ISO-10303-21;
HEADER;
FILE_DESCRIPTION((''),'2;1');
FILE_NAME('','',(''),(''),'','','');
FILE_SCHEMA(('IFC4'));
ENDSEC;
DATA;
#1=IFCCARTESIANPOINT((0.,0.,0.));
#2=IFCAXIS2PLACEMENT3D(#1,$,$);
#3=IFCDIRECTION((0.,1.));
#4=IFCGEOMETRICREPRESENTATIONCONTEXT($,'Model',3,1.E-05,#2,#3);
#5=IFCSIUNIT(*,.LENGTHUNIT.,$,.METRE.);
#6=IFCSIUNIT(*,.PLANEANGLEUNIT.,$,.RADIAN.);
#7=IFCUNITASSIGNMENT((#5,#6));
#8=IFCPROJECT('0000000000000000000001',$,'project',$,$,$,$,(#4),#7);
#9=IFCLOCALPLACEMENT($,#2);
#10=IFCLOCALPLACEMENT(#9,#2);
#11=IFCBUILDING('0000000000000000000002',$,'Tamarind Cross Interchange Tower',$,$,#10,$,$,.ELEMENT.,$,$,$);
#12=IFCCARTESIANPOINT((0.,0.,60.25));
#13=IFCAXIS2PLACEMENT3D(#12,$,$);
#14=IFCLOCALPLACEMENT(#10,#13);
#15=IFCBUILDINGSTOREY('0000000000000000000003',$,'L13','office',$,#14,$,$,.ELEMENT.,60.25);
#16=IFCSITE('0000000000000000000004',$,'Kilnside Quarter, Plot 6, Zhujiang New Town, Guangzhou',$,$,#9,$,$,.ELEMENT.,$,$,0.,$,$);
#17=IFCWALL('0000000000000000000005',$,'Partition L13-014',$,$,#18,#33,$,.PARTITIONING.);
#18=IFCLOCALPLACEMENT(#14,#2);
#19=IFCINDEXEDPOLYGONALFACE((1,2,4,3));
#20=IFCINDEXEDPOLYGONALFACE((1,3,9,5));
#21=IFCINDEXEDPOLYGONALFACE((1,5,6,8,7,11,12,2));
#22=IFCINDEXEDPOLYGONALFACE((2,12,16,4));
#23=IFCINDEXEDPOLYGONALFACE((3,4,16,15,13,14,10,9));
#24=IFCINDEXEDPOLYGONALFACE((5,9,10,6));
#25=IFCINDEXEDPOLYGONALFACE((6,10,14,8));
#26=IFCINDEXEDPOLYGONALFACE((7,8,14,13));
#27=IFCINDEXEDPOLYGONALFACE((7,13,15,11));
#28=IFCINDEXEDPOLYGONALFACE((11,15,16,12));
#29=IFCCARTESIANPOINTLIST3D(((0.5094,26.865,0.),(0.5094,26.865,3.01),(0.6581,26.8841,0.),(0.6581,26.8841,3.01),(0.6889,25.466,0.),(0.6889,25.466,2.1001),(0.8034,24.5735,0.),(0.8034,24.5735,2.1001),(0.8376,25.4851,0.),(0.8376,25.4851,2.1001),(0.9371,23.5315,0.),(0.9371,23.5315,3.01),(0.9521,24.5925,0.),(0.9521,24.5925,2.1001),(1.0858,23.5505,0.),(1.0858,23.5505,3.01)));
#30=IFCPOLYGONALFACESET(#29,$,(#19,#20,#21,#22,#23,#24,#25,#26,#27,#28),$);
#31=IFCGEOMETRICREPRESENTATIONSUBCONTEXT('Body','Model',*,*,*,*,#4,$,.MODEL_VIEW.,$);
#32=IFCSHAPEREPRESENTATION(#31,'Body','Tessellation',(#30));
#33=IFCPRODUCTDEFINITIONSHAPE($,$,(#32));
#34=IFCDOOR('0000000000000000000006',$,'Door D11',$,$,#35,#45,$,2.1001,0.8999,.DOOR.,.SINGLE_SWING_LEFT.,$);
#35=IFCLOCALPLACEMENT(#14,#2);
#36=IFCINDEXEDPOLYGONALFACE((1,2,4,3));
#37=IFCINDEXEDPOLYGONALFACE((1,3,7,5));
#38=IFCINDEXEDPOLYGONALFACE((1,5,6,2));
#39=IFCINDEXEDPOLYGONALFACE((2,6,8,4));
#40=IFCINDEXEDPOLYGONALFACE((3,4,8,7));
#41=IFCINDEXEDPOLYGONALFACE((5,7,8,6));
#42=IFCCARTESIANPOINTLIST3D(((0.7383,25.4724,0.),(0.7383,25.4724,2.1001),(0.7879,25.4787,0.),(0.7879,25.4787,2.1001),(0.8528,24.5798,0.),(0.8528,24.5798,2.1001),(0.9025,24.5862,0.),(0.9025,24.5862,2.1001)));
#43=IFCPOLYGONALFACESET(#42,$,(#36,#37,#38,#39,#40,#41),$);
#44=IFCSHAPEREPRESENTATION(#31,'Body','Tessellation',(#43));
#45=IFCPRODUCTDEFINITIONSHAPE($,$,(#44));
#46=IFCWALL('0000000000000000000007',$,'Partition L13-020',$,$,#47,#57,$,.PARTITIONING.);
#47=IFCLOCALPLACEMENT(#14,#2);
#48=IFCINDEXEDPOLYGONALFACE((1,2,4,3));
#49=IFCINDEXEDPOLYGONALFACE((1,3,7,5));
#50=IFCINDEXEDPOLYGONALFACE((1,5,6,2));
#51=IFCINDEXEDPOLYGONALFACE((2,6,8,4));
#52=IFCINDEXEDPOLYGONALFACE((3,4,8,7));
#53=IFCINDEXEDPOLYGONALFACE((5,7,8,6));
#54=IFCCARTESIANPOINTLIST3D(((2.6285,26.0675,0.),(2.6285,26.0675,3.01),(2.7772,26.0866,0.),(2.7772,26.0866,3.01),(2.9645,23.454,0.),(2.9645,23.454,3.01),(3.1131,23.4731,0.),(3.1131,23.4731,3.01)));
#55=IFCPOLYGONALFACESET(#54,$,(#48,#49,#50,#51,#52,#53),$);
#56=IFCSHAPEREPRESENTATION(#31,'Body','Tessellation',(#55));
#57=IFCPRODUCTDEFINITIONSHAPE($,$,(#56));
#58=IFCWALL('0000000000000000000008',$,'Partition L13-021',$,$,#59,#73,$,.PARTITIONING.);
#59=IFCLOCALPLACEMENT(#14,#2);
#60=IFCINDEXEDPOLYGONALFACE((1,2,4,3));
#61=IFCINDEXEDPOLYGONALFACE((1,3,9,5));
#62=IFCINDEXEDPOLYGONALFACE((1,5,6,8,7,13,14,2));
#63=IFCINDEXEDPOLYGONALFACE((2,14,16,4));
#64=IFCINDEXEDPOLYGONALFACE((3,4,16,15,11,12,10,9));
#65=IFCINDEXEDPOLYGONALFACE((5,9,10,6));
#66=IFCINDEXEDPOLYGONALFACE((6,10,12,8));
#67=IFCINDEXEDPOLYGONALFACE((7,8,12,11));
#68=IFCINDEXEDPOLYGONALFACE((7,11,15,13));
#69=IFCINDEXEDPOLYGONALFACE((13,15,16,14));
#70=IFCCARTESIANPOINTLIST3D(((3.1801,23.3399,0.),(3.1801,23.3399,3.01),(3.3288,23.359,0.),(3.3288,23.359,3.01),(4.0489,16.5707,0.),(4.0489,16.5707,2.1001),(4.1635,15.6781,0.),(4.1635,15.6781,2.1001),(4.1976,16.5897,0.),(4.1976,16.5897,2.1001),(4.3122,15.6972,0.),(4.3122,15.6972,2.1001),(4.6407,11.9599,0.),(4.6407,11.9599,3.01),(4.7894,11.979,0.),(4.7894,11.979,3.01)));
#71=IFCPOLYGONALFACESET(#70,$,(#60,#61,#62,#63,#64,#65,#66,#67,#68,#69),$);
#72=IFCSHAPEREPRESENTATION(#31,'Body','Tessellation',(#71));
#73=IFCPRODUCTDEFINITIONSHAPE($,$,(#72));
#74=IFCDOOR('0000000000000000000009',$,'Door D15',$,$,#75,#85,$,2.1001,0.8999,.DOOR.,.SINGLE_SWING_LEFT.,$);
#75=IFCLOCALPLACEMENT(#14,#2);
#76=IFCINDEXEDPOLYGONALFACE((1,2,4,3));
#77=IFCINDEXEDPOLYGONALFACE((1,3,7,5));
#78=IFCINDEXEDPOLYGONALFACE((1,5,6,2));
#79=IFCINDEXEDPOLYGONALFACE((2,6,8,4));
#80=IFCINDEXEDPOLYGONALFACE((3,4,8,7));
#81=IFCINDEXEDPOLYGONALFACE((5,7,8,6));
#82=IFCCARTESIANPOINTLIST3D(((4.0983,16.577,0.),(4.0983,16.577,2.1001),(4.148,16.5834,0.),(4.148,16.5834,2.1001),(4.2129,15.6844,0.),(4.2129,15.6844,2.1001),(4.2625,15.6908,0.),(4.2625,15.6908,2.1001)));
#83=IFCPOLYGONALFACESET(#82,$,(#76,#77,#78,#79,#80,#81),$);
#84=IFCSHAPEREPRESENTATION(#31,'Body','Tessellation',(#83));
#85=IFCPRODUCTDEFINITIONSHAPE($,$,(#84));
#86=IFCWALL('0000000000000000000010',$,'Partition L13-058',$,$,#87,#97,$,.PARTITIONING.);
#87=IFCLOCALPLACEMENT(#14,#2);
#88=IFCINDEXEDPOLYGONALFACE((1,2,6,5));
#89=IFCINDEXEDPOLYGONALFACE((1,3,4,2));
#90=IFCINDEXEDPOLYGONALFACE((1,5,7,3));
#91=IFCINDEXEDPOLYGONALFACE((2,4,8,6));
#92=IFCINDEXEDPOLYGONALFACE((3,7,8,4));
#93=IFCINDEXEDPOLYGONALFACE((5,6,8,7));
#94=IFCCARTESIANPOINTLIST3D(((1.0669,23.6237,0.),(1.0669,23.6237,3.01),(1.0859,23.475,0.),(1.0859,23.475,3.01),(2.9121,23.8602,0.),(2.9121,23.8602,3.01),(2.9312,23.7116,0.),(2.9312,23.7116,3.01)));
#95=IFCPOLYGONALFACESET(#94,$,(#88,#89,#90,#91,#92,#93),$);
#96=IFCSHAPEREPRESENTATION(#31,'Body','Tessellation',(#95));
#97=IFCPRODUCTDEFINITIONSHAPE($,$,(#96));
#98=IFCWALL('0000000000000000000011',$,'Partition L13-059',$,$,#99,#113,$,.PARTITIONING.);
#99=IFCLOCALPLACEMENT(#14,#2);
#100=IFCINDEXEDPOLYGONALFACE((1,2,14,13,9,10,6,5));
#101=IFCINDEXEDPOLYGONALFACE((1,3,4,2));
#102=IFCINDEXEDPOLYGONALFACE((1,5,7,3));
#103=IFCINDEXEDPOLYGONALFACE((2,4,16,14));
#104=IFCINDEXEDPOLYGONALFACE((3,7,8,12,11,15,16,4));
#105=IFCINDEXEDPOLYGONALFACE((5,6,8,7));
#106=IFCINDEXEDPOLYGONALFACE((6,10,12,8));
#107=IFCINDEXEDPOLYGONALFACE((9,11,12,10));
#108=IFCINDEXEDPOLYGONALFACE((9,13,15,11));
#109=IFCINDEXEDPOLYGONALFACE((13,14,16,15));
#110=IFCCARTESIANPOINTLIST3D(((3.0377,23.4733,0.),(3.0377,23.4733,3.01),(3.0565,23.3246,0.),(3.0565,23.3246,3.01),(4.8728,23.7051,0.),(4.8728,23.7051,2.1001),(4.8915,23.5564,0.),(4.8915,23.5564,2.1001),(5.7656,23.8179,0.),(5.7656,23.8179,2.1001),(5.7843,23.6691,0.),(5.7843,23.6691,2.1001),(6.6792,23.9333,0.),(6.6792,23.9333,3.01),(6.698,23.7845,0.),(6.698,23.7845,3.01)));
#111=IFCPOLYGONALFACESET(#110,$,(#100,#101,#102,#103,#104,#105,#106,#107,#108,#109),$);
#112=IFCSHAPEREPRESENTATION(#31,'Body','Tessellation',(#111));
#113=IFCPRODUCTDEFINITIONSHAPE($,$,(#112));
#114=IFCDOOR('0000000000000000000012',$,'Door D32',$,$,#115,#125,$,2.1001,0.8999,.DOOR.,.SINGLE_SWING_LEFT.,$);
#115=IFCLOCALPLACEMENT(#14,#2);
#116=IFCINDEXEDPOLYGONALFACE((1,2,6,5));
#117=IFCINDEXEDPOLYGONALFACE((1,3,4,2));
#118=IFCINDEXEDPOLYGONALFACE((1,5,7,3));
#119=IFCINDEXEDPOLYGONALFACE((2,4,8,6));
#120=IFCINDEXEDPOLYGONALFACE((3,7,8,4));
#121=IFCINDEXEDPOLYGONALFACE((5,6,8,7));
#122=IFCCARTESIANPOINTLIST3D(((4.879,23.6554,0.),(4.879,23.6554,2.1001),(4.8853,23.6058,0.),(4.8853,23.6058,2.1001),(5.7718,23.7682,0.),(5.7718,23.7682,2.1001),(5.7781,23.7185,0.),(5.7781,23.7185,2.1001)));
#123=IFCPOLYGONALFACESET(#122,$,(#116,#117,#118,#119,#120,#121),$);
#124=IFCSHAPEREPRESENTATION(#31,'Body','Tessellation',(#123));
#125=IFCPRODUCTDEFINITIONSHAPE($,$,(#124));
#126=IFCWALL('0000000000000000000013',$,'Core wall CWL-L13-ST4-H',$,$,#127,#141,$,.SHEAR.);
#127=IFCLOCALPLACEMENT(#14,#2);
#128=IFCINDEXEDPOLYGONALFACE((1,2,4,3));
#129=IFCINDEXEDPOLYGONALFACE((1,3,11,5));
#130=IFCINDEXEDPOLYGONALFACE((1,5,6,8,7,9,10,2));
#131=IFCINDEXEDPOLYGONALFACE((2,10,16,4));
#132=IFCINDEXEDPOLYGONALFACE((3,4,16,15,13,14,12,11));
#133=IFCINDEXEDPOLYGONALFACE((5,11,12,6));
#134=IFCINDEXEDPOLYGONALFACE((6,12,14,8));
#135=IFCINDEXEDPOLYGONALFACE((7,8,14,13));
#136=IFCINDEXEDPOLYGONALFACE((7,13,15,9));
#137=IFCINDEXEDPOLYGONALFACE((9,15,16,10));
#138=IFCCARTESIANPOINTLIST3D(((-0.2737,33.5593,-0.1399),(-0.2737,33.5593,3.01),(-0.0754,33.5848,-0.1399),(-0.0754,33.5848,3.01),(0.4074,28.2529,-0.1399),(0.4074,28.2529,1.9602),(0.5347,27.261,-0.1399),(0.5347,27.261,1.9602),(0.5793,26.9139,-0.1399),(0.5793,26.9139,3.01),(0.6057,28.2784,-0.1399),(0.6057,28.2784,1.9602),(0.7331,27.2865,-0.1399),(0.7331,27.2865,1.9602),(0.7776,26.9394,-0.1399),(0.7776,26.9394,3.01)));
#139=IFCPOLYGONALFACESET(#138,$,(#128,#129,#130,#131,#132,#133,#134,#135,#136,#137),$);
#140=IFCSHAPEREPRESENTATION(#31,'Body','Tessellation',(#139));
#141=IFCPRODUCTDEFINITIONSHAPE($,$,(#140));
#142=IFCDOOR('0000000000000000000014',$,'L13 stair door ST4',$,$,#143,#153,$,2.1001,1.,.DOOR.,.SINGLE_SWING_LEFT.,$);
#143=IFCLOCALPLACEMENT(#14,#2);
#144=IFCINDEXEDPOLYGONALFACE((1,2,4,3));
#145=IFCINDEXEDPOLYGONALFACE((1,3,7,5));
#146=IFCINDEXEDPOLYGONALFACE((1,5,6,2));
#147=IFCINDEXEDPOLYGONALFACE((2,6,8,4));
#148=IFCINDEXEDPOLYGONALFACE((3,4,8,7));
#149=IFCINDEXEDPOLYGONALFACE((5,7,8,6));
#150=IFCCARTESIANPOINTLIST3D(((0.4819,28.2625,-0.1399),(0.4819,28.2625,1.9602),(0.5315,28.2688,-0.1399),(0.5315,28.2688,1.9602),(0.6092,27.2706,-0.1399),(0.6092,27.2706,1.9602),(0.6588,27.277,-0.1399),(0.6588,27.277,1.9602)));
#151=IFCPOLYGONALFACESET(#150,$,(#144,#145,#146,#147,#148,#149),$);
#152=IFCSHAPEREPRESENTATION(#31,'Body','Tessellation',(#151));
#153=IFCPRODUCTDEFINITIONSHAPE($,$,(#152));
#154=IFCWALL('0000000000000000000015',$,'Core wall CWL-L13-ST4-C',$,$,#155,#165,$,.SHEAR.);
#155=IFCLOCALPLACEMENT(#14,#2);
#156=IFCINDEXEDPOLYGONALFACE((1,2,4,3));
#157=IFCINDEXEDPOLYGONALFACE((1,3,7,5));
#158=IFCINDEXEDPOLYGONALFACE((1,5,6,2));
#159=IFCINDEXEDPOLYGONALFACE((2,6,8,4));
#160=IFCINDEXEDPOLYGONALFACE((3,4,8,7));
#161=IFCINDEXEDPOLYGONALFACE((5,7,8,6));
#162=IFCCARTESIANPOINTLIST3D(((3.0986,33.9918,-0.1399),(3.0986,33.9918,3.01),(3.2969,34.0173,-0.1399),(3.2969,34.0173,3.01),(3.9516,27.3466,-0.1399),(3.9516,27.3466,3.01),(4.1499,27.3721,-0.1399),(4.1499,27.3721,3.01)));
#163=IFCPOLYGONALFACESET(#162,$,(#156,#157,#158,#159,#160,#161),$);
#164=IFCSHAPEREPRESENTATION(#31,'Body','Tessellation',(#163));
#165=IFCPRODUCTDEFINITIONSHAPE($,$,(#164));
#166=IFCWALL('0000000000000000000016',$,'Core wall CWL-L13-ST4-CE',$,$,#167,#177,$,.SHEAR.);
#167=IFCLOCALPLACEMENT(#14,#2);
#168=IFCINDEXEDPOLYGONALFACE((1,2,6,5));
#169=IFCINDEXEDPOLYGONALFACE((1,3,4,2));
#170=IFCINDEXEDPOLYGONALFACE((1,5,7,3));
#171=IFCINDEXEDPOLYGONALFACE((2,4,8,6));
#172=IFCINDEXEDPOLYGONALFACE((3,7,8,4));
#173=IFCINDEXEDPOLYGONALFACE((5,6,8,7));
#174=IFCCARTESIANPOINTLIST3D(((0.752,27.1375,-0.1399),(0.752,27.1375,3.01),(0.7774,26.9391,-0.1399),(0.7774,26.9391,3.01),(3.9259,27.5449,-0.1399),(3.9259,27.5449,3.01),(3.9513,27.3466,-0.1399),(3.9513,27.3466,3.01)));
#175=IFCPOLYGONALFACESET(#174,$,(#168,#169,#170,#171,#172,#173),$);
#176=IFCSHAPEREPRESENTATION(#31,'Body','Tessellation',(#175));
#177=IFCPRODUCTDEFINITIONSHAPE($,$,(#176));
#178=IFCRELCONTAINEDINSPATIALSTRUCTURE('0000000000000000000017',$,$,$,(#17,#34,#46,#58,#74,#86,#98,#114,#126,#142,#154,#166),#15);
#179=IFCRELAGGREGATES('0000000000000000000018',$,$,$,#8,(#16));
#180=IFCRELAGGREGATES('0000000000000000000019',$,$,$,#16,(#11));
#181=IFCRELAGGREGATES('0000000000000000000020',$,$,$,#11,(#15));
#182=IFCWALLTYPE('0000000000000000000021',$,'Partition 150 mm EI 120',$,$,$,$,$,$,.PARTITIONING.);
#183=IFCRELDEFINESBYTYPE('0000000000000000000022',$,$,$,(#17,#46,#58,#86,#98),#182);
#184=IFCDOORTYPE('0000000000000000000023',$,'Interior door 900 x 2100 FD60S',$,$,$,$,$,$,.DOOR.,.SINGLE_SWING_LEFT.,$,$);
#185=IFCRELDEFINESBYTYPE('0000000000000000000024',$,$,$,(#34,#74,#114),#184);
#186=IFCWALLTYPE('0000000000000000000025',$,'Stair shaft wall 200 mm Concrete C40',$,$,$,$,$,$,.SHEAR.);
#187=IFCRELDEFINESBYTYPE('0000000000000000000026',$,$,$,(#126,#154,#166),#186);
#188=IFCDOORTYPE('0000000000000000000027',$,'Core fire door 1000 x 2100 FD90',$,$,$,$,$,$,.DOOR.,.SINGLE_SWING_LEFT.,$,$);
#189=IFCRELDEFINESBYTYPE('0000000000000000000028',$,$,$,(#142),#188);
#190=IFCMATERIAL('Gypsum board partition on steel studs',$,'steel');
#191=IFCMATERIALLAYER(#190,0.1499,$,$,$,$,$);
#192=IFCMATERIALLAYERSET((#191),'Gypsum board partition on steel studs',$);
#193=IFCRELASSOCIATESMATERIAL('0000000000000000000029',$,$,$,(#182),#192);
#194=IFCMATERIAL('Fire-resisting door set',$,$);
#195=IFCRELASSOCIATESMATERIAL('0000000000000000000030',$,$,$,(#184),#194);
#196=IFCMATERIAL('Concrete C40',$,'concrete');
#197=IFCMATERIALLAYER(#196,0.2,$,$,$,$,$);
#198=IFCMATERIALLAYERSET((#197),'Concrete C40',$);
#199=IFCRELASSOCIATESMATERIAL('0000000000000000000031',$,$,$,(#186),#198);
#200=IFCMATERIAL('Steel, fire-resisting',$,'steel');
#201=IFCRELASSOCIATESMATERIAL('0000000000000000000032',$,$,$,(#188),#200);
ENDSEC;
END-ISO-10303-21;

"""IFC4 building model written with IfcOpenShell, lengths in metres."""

from ifc_helpers import new_model, si_unit, direction, frame, frame_2d, origin, place, context, subcontext, project, spatial, rectangle, extrude, material, layer, layer_set, type_object, element, fill, save


model = new_model("IFC4")

# Units and contexts
model_context = context("Model", 3, precision=1e-05, world=origin(), true_north=direction((0.0, 1.0)))
body_context = subcontext(model_context, "Body", "Model", "MODEL_VIEW")
ifc_project = project(units=[si_unit("LENGTHUNIT", "METRE"), si_unit("PLANEANGLEUNIT", "RADIAN")], contexts=[model_context])

# Site, building, storey
site_placement = place(None, origin())
site = spatial("IfcSite", under=ifc_project, at=site_placement, Name="Kilnside Quarter, Plot 6, Zhujiang New Town, Guangzhou", CompositionType="ELEMENT", RefElevation=0.0)
building_placement = place(site_placement, origin())
building = spatial("IfcBuilding", under=site, at=building_placement, Name="Tamarind Cross Interchange Tower", CompositionType="ELEMENT")
storey_placement = place(building_placement, frame((0.0, 0.0, 60.25)))
storey = spatial("IfcBuildingStorey", under=building, at=storey_placement, Name="L13", Description="office", CompositionType="ELEMENT", Elevation=60.25)

# Shared definitions
ifc_material_1 = material(Name="Gypsum board partition on steel studs", Category="steel")

# Wall, opening, door
ifc_layer_1 = layer(ifc_material_1, 0.1499)
ifc_layer_set_1 = layer_set([ifc_layer_1], Name="Gypsum board partition on steel studs")
wall_type_1 = type_object("IfcWallType", Name="Partition 150 mm EI 120", PredefinedType="PARTITIONING", material=ifc_layer_set_1)
wall_1_placement = place(storey_placement, frame((0.5837, 26.8745, 0.0), z_axis=(0.0, 0.0, 1.0), x_axis=(0.127271, -0.991868, 0.0)))
wall_1 = element("IfcWall", 1, at=wall_1_placement, inside=storey, type_object=wall_type_1, Name="Partition L13-014", PredefinedType="PARTITIONING", context=body_context, shape_type="SweptSolid", body=[
    extrude(rectangle(XDim=3.3608, YDim=0.1499, at=frame_2d((1.6804, 0.0))), origin(), (0.0, 0.0, 1.0), 3.01),
])
opening_1_placement = place(wall_1_placement, frame((1.4104, 0.0, 0.0)))
opening_1 = element("IfcOpeningElement", 2, at=opening_1_placement, cuts=wall_1, PredefinedType="OPENING", context=body_context, shape_type="SweptSolid", body=[
    extrude(rectangle(XDim=0.8999, YDim=2.1001, at=frame_2d((0.45, 1.05))), frame((0.0, 0.085, 0.0), z_axis=(0.0, -1.0, 0.0), x_axis=(1.0, 0.0, 0.0)), (0.0, 0.0, 1.0), 0.1699),
])
ifc_material_2 = material(Name="Fire-resisting door set")
door_type_1 = type_object("IfcDoorType", Name="Interior door 900 x 2100 FD60S", OperationType="SINGLE_SWING_LEFT", PredefinedType="DOOR", material=ifc_material_2)
door_1_placement = place(opening_1_placement, origin())
door_1 = element("IfcDoor", 3, at=door_1_placement, inside=storey, type_object=door_type_1, Name="Door D11", OperationType="SINGLE_SWING_LEFT", OverallHeight=2.1001, OverallWidth=0.8999, PredefinedType="DOOR", context=body_context, shape_type="SweptSolid", body=[
    extrude(rectangle(XDim=0.8999, YDim=2.1001, at=frame_2d((0.45, 1.05))), frame((0.0, 0.0249, 0.0), z_axis=(0.0, -1.0, 0.0), x_axis=(1.0, 0.0, 0.0)), (0.0, 0.0, 1.0), 0.05),
])
fill(opening_1, door_1)

# Wall
wall_2_placement = place(storey_placement, frame((2.7029, 26.0769, 0.0), z_axis=(0.0, 0.0, 1.0), x_axis=(0.127489, -0.99184, 0.0)))
element("IfcWall", 4, at=wall_2_placement, inside=storey, type_object=wall_type_1, Name="Partition L13-020", PredefinedType="PARTITIONING", context=body_context, shape_type="SweptSolid", body=[
    extrude(rectangle(XDim=2.635, YDim=0.1499, at=frame_2d((1.3174, 0.0))), origin(), (0.0, 0.0, 1.0), 3.01),
])

# Wall, opening, door
wall_3_placement = place(storey_placement, frame((3.2544, 23.3496, 0.0), z_axis=(0.0, 0.0, 1.0), x_axis=(0.12731, -0.991863, 0.0)))
wall_3 = element("IfcWall", 5, at=wall_3_placement, inside=storey, type_object=wall_type_1, Name="Partition L13-021", PredefinedType="PARTITIONING", context=body_context, shape_type="SweptSolid", body=[
    extrude(rectangle(XDim=11.4734, YDim=0.1499, at=frame_2d((5.7368, 0.0))), origin(), (0.0, 0.0, 1.0), 3.01),
])
opening_2_placement = place(wall_3_placement, frame((6.825, 0.0, 0.0)))
opening_2 = element("IfcOpeningElement", 6, at=opening_2_placement, cuts=wall_3, PredefinedType="OPENING", context=body_context, shape_type="SweptSolid", body=[
    extrude(rectangle(XDim=0.8999, YDim=2.1001, at=frame_2d((0.45, 1.05))), frame((0.0, 0.085, 0.0), z_axis=(0.0, -1.0, 0.0), x_axis=(1.0, 0.0, 0.0)), (0.0, 0.0, 1.0), 0.1699),
])
door_2_placement = place(opening_2_placement, origin())
door_2 = element("IfcDoor", 7, at=door_2_placement, inside=storey, type_object=door_type_1, Name="Door D15", OperationType="SINGLE_SWING_LEFT", OverallHeight=2.1001, OverallWidth=0.8999, PredefinedType="DOOR", context=body_context, shape_type="SweptSolid", body=[
    extrude(rectangle(XDim=0.8999, YDim=2.1001, at=frame_2d((0.45, 1.05))), frame((0.0, 0.0249, 0.0), z_axis=(0.0, -1.0, 0.0), x_axis=(1.0, 0.0, 0.0)), (0.0, 0.0, 1.0), 0.05),
])
fill(opening_2, door_2)

# Wall
wall_4_placement = place(storey_placement, frame((1.0764, 23.5493, 0.0), z_axis=(0.0, 0.0, 1.0), x_axis=(0.991881, 0.127168, 0.0)))
element("IfcWall", 8, at=wall_4_placement, inside=storey, type_object=wall_type_1, Name="Partition L13-058", PredefinedType="PARTITIONING", context=body_context, shape_type="SweptSolid", body=[
    extrude(rectangle(XDim=1.8604, YDim=0.1499, at=frame_2d((0.9302, 0.0))), origin(), (0.0, 0.0, 1.0), 3.01),
])

# Walls, openings, doors
wall_5_placement = place(storey_placement, frame((3.0471, 23.3989, 0.0), z_axis=(0.0, 0.0, 1.0), x_axis=(0.992116, 0.12532, 0.0)))
wall_5 = element("IfcWall", 9, at=wall_5_placement, inside=storey, type_object=wall_type_1, Name="Partition L13-059", PredefinedType="PARTITIONING", context=body_context, shape_type="SweptSolid", body=[
    extrude(rectangle(XDim=3.6704, YDim=0.1499, at=frame_2d((1.8352, 0.0))), origin(), (0.0, 0.0, 1.0), 3.01),
])
opening_3_placement = place(wall_5_placement, frame((1.8496, 0.0, 0.0)))
opening_3 = element("IfcOpeningElement", 10, at=opening_3_placement, cuts=wall_5, PredefinedType="OPENING", context=body_context, shape_type="SweptSolid", body=[
    extrude(rectangle(XDim=0.8999, YDim=2.1001, at=frame_2d((0.45, 1.05))), frame((0.0, 0.085, 0.0), z_axis=(0.0, -1.0, 0.0), x_axis=(1.0, 0.0, 0.0)), (0.0, 0.0, 1.0), 0.1699),
])
door_3_placement = place(opening_3_placement, origin())
door_3 = element("IfcDoor", 11, at=door_3_placement, inside=storey, type_object=door_type_1, Name="Door D32", OperationType="SINGLE_SWING_LEFT", OverallHeight=2.1001, OverallWidth=0.8999, PredefinedType="DOOR", context=body_context, shape_type="SweptSolid", body=[
    extrude(rectangle(XDim=0.8999, YDim=2.1001, at=frame_2d((0.45, 1.05))), frame((0.0, 0.0249, 0.0), z_axis=(0.0, -1.0, 0.0), x_axis=(1.0, 0.0, 0.0)), (0.0, 0.0, 1.0), 0.05),
])
fill(opening_3, door_3)
ifc_material_3 = material(Name="Concrete C40", Category="concrete")
ifc_layer_2 = layer(ifc_material_3, 0.2)
ifc_layer_set_2 = layer_set([ifc_layer_2], Name="Concrete C40")
wall_type_2 = type_object("IfcWallType", Name="Stair shaft wall 200 mm Concrete C40", PredefinedType="SHEAR", material=ifc_layer_set_2)
wall_6_placement = place(storey_placement, frame((0.6785, 26.9265, -0.1399), z_axis=(0.0, 0.0, 1.0), x_axis=(-0.127317, 0.991862, 0.0)))
wall_6 = element("IfcWall", 12, at=wall_6_placement, inside=storey, type_object=wall_type_2, Name="Core wall CWL-L13-ST4-H", PredefinedType="SHEAR", context=body_context, shape_type="SweptSolid", body=[
    extrude(rectangle(XDim=6.7, YDim=0.2, at=frame_2d((3.3501, 0.0))), origin(), (0.0, 0.0, 1.0), 3.1499),
])
opening_4_placement = place(wall_6_placement, frame((0.3501, 0.0, 0.0)))
opening_4 = element("IfcOpeningElement", 13, at=opening_4_placement, cuts=wall_6, PredefinedType="OPENING", context=body_context, shape_type="SweptSolid", body=[
    extrude(rectangle(XDim=1.0, YDim=2.1001, at=frame_2d((0.5, 1.05))), frame((0.0, 0.1099, 0.0), z_axis=(0.0, -1.0, 0.0), x_axis=(1.0, 0.0, 0.0)), (0.0, 0.0, 1.0), 0.22),
])
ifc_material_4 = material(Name="Steel, fire-resisting", Category="steel")
door_type_2 = type_object("IfcDoorType", Name="Core fire door 1000 x 2100 FD90", OperationType="SINGLE_SWING_LEFT", PredefinedType="DOOR", material=ifc_material_4)
door_4_placement = place(opening_4_placement, origin())
door_4 = element("IfcDoor", 14, at=door_4_placement, inside=storey, type_object=door_type_2, Name="L13 stair door ST4", OperationType="SINGLE_SWING_LEFT", OverallHeight=2.1001, OverallWidth=1.0, PredefinedType="DOOR", context=body_context, shape_type="SweptSolid", body=[
    extrude(rectangle(XDim=1.0, YDim=2.1001, at=frame_2d((0.5, 1.05))), frame((0.0, 0.0249, 0.0), z_axis=(0.0, -1.0, 0.0), x_axis=(1.0, 0.0, 0.0)), (0.0, 0.0, 1.0), 0.05),
])
fill(opening_4, door_4)

# Walls
wall_7_placement = place(storey_placement, frame((4.0508, 27.3594, -0.1399), z_axis=(0.0, 0.0, 1.0), x_axis=(-0.127322, 0.991861, 0.0)))
element("IfcWall", 15, at=wall_7_placement, inside=storey, type_object=wall_type_2, Name="Core wall CWL-L13-ST4-C", PredefinedType="SHEAR", context=body_context, shape_type="SweptSolid", body=[
    extrude(rectangle(XDim=6.6997, YDim=0.2, at=frame_2d((3.3499, 0.0))), origin(), (0.0, 0.0, 1.0), 3.1499),
])
wall_8_placement = place(storey_placement, frame((3.9387, 27.4458, -0.1399), z_axis=(0.0, 0.0, 1.0), x_axis=(-0.991859, -0.127339, 0.0)))
element("IfcWall", 16, at=wall_8_placement, inside=storey, type_object=wall_type_2, Name="Core wall CWL-L13-ST4-CE", PredefinedType="SHEAR", context=body_context, shape_type="SweptSolid", body=[
    extrude(rectangle(XDim=3.2, YDim=0.2, at=frame_2d((1.6001, 0.0))), origin(), (0.0, 0.0, 1.0), 3.1499),
])

save(model, "model.ifc")
